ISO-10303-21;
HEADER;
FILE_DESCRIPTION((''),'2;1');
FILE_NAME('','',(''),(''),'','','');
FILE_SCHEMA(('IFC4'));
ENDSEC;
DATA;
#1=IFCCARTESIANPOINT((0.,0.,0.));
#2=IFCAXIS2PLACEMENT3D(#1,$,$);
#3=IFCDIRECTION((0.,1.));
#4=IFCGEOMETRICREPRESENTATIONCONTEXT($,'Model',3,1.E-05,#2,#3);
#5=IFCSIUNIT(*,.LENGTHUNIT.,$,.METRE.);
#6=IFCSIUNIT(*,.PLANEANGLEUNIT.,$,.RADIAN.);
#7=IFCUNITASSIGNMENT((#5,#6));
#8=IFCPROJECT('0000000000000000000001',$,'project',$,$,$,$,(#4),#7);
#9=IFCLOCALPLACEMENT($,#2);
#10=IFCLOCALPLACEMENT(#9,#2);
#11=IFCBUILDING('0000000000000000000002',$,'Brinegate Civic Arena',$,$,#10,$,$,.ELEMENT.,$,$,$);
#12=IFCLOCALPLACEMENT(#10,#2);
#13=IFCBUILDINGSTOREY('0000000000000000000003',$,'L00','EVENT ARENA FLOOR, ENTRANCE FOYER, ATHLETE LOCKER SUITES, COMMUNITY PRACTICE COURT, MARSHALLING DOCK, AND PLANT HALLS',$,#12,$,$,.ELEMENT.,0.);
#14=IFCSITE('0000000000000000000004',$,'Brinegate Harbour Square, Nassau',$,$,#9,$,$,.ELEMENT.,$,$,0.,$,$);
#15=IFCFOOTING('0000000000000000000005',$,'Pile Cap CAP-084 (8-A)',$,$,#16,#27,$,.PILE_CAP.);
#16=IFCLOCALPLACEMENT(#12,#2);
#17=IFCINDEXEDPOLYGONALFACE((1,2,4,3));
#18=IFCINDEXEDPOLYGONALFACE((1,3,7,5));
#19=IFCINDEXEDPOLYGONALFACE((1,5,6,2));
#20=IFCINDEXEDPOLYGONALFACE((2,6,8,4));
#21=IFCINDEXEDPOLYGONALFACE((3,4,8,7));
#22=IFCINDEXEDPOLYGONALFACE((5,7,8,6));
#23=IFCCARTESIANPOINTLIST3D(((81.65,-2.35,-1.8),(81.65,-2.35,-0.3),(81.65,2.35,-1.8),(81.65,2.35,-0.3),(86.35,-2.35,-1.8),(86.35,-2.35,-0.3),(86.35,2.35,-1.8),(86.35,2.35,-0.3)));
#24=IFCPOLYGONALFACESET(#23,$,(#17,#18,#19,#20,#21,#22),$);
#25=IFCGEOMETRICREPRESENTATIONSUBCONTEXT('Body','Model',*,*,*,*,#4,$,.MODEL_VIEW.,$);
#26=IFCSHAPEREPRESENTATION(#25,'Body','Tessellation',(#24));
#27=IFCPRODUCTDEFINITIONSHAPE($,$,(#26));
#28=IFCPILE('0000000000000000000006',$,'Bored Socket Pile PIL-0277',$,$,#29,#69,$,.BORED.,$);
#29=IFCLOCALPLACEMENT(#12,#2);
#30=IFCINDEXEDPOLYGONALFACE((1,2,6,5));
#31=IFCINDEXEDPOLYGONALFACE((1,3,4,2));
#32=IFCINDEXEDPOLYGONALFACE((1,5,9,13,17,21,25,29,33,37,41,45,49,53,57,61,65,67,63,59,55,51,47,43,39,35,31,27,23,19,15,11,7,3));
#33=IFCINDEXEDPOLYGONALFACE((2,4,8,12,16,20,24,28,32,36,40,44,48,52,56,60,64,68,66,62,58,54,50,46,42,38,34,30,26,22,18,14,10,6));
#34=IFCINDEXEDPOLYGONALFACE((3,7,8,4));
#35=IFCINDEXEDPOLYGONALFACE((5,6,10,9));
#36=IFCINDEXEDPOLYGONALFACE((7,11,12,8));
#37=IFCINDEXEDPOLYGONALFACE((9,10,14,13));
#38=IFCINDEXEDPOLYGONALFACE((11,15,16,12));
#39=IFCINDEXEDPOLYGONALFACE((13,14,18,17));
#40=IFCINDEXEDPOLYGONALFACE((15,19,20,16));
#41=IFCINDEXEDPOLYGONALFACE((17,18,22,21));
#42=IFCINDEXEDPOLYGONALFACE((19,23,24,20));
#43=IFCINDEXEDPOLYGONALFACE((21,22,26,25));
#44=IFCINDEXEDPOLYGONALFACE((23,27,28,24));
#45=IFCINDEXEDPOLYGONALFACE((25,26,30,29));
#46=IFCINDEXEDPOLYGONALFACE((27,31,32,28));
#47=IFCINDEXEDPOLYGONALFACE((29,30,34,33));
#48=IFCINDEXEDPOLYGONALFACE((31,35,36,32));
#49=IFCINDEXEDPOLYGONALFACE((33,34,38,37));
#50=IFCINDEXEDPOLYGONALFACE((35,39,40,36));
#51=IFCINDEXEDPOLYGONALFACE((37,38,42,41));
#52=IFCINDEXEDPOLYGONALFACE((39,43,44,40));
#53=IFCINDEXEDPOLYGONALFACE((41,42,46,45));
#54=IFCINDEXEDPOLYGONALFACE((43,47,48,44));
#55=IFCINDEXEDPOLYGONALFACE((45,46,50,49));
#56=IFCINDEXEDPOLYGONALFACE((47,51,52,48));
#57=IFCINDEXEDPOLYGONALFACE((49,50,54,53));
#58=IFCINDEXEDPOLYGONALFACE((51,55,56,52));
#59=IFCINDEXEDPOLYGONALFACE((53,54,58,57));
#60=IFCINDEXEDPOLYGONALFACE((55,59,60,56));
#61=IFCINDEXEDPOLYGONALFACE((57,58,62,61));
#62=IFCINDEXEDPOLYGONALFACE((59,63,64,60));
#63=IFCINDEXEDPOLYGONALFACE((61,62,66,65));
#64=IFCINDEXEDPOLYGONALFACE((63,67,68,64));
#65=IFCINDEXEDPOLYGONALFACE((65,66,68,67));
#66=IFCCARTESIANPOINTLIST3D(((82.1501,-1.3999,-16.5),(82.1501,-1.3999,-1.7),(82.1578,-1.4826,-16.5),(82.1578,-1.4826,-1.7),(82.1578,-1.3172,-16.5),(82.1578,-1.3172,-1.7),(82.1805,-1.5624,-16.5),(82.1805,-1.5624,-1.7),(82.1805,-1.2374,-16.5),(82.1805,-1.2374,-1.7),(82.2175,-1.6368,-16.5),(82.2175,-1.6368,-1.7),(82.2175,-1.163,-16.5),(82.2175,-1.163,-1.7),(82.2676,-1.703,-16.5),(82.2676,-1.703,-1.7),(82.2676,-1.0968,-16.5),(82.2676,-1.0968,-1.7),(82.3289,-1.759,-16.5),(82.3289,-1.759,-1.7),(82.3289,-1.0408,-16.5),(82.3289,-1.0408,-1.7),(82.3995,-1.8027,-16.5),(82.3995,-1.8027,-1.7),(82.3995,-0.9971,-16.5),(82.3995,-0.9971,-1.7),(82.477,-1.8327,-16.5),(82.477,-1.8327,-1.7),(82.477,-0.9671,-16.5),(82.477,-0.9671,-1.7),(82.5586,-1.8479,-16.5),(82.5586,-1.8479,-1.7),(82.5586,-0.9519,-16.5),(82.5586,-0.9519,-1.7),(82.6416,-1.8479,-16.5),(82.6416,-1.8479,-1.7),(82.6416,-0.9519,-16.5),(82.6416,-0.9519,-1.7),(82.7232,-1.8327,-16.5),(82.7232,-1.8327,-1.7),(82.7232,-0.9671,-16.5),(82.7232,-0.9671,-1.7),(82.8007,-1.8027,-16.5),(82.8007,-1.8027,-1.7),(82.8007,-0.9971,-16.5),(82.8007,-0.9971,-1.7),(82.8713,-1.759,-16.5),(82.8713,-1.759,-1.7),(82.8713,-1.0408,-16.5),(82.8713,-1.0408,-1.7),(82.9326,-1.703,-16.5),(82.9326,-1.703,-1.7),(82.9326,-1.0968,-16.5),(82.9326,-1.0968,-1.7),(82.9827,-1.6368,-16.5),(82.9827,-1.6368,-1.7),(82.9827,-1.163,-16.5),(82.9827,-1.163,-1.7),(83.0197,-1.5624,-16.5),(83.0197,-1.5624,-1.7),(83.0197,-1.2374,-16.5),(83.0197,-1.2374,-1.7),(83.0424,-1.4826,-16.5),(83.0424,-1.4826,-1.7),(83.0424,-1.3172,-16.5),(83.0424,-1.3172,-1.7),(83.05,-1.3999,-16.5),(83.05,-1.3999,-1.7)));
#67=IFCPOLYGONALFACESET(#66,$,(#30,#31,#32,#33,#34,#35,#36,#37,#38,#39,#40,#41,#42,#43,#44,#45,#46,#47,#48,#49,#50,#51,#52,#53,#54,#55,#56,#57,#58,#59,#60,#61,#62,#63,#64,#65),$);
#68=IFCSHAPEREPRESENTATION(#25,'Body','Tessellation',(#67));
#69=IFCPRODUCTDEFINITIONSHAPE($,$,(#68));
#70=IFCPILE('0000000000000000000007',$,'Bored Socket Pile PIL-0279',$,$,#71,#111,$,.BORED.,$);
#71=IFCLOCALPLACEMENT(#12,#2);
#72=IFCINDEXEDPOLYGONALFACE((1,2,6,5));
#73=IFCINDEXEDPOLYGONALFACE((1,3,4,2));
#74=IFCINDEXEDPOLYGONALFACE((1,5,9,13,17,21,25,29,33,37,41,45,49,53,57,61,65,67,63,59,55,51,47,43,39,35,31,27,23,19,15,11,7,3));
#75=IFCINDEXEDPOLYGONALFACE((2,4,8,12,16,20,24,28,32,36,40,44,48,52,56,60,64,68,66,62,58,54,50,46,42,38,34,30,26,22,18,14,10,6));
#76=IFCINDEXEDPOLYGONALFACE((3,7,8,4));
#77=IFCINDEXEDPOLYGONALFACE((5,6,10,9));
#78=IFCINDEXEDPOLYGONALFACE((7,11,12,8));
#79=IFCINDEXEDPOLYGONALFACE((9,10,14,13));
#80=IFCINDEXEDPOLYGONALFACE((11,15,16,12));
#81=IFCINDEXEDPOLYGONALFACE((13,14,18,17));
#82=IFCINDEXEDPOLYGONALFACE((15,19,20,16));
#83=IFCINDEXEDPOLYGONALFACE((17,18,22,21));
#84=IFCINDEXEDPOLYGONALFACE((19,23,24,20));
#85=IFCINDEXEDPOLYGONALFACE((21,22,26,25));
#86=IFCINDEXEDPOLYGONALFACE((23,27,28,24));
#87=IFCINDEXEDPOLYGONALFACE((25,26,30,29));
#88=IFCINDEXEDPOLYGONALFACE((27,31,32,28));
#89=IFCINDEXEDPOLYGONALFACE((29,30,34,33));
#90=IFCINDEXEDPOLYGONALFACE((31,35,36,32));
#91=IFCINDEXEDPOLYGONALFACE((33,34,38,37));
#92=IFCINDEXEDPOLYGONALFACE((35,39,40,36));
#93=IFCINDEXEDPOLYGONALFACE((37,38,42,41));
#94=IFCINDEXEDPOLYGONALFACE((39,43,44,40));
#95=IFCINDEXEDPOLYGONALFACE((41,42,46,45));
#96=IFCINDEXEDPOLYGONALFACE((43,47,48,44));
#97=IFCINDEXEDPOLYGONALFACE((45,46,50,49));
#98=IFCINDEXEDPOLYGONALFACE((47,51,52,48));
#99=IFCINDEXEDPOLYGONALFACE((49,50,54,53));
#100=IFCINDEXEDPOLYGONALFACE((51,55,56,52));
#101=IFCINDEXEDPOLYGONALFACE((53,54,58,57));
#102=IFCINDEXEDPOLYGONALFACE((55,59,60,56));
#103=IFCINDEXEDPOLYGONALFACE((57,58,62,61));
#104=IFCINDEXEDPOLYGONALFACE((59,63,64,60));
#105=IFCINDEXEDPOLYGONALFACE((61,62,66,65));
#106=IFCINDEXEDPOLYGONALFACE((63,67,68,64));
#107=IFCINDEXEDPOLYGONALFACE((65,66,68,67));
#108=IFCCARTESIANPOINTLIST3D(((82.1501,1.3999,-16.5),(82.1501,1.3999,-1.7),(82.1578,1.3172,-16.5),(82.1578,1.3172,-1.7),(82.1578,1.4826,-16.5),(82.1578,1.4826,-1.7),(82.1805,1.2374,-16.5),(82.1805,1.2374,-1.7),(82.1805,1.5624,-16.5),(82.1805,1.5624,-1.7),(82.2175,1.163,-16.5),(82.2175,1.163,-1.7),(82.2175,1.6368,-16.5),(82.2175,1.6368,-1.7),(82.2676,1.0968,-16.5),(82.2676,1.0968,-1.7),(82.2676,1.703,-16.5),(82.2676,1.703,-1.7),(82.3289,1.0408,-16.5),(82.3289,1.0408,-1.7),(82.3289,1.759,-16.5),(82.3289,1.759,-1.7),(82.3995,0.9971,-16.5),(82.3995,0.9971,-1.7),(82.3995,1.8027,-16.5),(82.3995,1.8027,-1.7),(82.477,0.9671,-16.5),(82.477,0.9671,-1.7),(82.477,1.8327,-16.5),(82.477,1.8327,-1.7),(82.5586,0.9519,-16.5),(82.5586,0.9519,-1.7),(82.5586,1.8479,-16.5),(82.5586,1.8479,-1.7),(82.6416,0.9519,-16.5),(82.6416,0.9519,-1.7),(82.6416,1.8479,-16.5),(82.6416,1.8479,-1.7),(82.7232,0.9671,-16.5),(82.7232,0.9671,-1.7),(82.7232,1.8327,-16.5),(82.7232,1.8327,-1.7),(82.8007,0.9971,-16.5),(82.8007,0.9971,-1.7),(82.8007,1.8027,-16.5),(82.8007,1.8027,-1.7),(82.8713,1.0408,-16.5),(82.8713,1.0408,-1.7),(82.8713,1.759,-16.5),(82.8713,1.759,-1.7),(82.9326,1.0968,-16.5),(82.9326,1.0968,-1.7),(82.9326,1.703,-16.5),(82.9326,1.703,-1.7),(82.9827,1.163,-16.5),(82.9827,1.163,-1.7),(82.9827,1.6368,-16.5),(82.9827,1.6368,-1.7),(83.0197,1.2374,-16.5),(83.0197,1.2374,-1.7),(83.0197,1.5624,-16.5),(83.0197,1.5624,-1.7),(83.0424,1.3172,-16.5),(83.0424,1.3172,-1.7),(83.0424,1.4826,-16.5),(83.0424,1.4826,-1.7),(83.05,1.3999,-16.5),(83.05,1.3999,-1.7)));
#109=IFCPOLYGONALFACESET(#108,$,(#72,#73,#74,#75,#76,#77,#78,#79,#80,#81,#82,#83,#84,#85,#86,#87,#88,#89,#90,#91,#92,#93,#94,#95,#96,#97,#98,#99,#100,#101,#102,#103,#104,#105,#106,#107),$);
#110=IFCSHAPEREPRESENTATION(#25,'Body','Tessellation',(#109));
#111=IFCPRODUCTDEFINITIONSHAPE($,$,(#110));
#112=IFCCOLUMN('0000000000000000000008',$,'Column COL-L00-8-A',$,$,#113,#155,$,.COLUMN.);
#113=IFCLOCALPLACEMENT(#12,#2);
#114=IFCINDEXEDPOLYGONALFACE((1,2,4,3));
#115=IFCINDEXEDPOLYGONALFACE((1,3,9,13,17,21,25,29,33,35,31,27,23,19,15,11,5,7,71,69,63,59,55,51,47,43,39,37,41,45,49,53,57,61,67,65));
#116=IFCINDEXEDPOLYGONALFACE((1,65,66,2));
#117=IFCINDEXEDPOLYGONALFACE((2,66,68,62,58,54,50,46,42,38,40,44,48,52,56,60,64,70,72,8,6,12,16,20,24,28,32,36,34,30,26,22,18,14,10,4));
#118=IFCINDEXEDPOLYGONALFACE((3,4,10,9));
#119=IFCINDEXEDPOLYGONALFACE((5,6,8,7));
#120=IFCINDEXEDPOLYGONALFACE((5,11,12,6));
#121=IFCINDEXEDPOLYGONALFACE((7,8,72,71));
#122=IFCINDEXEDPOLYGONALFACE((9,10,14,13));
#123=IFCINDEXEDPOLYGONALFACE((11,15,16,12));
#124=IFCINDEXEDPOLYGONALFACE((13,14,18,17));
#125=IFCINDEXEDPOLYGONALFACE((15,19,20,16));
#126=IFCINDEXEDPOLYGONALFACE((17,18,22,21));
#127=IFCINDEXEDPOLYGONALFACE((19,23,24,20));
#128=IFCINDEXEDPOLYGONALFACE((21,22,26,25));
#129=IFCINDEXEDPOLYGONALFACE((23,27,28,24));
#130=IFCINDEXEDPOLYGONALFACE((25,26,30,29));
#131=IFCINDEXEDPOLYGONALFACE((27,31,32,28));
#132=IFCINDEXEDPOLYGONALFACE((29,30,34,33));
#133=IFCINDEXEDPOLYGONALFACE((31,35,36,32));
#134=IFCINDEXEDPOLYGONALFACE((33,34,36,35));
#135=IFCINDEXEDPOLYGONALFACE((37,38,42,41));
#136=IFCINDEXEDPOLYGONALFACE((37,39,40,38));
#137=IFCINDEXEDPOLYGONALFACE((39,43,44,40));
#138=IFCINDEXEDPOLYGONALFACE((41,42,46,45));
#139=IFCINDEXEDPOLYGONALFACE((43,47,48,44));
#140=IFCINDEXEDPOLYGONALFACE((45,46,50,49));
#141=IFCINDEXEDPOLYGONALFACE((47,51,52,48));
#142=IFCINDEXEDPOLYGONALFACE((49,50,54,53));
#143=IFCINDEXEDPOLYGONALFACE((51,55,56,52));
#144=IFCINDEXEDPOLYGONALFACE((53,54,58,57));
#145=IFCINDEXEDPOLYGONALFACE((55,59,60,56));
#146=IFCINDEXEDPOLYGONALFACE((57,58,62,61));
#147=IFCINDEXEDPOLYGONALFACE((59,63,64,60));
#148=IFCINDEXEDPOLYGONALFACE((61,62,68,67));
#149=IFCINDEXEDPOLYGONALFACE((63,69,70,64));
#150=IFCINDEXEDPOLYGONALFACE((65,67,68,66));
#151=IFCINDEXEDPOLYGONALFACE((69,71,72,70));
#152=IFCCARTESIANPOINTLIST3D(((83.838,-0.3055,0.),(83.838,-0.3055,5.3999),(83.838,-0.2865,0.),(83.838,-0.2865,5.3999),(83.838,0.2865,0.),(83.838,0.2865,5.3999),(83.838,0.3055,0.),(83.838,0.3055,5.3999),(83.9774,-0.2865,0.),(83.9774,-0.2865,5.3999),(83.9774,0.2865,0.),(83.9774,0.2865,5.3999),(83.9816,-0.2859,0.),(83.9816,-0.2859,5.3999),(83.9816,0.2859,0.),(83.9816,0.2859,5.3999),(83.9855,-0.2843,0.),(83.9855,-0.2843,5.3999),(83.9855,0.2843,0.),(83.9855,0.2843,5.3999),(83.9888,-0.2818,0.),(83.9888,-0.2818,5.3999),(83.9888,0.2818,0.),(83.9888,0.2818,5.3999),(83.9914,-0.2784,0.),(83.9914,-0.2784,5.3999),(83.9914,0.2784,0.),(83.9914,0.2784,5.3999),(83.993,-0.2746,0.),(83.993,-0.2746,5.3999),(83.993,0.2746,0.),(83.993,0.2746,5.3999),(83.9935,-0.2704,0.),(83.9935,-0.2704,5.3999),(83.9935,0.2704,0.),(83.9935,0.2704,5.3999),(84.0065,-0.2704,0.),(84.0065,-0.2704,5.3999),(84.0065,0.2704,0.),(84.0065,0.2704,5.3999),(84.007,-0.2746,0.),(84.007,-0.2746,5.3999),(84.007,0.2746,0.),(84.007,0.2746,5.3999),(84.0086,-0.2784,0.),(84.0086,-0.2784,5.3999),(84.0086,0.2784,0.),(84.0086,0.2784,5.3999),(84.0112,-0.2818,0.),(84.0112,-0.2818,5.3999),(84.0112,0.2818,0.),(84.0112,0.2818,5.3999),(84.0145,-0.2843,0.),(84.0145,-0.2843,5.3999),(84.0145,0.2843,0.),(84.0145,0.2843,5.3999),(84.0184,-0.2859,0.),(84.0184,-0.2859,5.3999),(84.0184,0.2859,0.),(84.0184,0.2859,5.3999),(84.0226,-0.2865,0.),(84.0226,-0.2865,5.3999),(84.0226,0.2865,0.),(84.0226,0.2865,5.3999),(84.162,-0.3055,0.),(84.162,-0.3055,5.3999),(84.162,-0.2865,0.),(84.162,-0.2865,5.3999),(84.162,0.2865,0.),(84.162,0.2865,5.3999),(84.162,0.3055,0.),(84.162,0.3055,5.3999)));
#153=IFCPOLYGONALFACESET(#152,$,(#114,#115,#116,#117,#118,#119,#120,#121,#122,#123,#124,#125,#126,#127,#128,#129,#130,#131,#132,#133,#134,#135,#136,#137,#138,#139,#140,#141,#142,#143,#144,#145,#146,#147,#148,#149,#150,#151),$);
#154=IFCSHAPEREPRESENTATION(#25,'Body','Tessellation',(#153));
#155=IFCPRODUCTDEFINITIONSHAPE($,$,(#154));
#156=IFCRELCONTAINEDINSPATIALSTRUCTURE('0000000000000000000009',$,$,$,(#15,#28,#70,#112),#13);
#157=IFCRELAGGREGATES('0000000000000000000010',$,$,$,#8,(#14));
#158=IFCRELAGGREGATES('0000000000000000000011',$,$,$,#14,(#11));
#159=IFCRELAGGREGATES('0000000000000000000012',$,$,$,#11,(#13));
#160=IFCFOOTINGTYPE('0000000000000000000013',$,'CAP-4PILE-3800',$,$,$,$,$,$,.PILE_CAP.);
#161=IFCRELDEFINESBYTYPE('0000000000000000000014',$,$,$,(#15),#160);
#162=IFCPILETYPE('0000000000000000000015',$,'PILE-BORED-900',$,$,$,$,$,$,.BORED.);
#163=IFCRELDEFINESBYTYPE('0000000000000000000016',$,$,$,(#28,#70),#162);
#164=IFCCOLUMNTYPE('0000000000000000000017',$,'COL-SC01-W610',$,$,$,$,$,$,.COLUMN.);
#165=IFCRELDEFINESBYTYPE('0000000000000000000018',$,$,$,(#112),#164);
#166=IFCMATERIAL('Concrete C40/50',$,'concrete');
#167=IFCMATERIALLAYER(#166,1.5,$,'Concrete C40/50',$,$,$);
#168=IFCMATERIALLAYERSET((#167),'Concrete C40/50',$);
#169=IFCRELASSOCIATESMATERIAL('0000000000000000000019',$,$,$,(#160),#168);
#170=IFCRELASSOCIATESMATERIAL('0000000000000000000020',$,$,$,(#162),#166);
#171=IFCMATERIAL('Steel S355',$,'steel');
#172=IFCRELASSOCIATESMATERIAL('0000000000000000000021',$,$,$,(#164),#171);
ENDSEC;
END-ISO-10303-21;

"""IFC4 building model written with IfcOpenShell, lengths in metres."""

from ifc_helpers import new_model, si_unit, direction, frame, origin, origin_2d, place, context, subcontext, project, spatial, rectangle, circle, i_section, extrude, material, layer, layer_set, material_profile, profile_set, type_object, element, save


model = new_model("IFC4")

# Units and contexts
model_context = context("Model", 3, precision=1e-05, world=origin(), true_north=direction((0.0, 1.0)))
body_context = subcontext(model_context, "Body", "Model", "MODEL_VIEW")
ifc_project = project(units=[si_unit("LENGTHUNIT", "METRE"), si_unit("PLANEANGLEUNIT", "RADIAN")], contexts=[model_context])

# Site, building, storey
site_placement = place(None, origin())
site = spatial("IfcSite", under=ifc_project, at=site_placement, Name="Brinegate Harbour Square, Nassau", CompositionType="ELEMENT", RefElevation=0.0)
building_placement = place(site_placement, origin())
building = spatial("IfcBuilding", under=site, at=building_placement, Name="Brinegate Civic Arena", CompositionType="ELEMENT")
storey_placement = place(building_placement, origin())
storey = spatial("IfcBuildingStorey", under=building, at=storey_placement, Name="L00", Description="EVENT ARENA FLOOR, ENTRANCE FOYER, ATHLETE LOCKER SUITES, COMMUNITY PRACTICE COURT, MARSHALLING DOCK, AND PLANT HALLS", CompositionType="ELEMENT", Elevation=0.0)

# Footing
ifc_material_1 = material(Name="Concrete C40/50", Category="concrete")
ifc_layer_1 = layer(ifc_material_1, 1.5, Name="Concrete C40/50")
ifc_layer_set_1 = layer_set([ifc_layer_1], Name="Concrete C40/50")
footing_type = type_object("IfcFootingType", Name="CAP-4PILE-3800", PredefinedType="PILE_CAP", material=ifc_layer_set_1)
footing_placement = place(storey_placement, frame((84.0, 0.0, -1.8), z_axis=(0.0, 0.0, 1.0), x_axis=(1.0, 0.0, 0.0)))
element("IfcFooting", 1, at=footing_placement, inside=storey, type_object=footing_type, Name="Pile Cap CAP-084 (8-A)", PredefinedType="PILE_CAP", context=body_context, shape_type="SweptSolid", body=[
    extrude(rectangle(XDim=4.7, YDim=4.7, at=origin_2d()), origin(), (0.0, 0.0, 1.0), 1.5),
])

# Piles
ifc_material_profile_1 = material_profile(ifc_material_1, circle(Radius=0.45, at=origin_2d()), Name="PILED900")
ifc_profile_set_1 = profile_set([ifc_material_profile_1], Name="Concrete C40/50")
pile_type = type_object("IfcPileType", Name="PILE-BORED-900", PredefinedType="BORED", material=ifc_profile_set_1)
for number, where, z_axis, x_axis, name in (
    (2, (82.6001, -1.3999, -1.7), (0.0, 0.0, -1.0), (1.0, 0.0, 0.0), "Bored Socket Pile PIL-0277"),
    (3, (82.6001, 1.3999, -1.7), (0.0, 0.0, -1.0), (1.0, 0.0, 0.0), "Bored Socket Pile PIL-0279"),
):
    element("IfcPile", number, at=place(storey_placement, frame(where, z_axis=z_axis, x_axis=x_axis)), inside=storey, type_object=pile_type, Name=name, PredefinedType="BORED", context=body_context, shape_type="SweptSolid", body=[
        extrude(circle(Radius=0.45, at=origin_2d()), origin(), (0.0, 0.0, 1.0), 14.8),
    ])

# Column
ifc_material_2 = material(Name="Steel S355", Category="steel")
ifc_material_profile_2 = material_profile(ifc_material_2, i_section(OverallWidth=0.324, OverallDepth=0.6111, WebThickness=0.0129, FlangeThickness=0.019, FilletRadius=0.0161, at=origin_2d()), Name="W610X155")
ifc_profile_set_2 = profile_set([ifc_material_profile_2], Name="Steel S355")
column_type = type_object("IfcColumnType", Name="COL-SC01-W610", PredefinedType="COLUMN", material=ifc_profile_set_2)
column_placement = place(storey_placement, frame((84.0, 0.0, 0.0), z_axis=(0.0, 0.0, 1.0), x_axis=(1.0, 0.0, 0.0)))
element("IfcColumn", 4, at=column_placement, inside=storey, type_object=column_type, Name="Column COL-L00-8-A", PredefinedType="COLUMN", context=body_context, shape_type="SweptSolid", body=[
    extrude(i_section(OverallWidth=0.324, OverallDepth=0.6111, WebThickness=0.0129, FlangeThickness=0.019, FilletRadius=0.0161, at=origin_2d()), origin(), (0.0, 0.0, 1.0), 5.3999),
])

save(model, "model.ifc")
